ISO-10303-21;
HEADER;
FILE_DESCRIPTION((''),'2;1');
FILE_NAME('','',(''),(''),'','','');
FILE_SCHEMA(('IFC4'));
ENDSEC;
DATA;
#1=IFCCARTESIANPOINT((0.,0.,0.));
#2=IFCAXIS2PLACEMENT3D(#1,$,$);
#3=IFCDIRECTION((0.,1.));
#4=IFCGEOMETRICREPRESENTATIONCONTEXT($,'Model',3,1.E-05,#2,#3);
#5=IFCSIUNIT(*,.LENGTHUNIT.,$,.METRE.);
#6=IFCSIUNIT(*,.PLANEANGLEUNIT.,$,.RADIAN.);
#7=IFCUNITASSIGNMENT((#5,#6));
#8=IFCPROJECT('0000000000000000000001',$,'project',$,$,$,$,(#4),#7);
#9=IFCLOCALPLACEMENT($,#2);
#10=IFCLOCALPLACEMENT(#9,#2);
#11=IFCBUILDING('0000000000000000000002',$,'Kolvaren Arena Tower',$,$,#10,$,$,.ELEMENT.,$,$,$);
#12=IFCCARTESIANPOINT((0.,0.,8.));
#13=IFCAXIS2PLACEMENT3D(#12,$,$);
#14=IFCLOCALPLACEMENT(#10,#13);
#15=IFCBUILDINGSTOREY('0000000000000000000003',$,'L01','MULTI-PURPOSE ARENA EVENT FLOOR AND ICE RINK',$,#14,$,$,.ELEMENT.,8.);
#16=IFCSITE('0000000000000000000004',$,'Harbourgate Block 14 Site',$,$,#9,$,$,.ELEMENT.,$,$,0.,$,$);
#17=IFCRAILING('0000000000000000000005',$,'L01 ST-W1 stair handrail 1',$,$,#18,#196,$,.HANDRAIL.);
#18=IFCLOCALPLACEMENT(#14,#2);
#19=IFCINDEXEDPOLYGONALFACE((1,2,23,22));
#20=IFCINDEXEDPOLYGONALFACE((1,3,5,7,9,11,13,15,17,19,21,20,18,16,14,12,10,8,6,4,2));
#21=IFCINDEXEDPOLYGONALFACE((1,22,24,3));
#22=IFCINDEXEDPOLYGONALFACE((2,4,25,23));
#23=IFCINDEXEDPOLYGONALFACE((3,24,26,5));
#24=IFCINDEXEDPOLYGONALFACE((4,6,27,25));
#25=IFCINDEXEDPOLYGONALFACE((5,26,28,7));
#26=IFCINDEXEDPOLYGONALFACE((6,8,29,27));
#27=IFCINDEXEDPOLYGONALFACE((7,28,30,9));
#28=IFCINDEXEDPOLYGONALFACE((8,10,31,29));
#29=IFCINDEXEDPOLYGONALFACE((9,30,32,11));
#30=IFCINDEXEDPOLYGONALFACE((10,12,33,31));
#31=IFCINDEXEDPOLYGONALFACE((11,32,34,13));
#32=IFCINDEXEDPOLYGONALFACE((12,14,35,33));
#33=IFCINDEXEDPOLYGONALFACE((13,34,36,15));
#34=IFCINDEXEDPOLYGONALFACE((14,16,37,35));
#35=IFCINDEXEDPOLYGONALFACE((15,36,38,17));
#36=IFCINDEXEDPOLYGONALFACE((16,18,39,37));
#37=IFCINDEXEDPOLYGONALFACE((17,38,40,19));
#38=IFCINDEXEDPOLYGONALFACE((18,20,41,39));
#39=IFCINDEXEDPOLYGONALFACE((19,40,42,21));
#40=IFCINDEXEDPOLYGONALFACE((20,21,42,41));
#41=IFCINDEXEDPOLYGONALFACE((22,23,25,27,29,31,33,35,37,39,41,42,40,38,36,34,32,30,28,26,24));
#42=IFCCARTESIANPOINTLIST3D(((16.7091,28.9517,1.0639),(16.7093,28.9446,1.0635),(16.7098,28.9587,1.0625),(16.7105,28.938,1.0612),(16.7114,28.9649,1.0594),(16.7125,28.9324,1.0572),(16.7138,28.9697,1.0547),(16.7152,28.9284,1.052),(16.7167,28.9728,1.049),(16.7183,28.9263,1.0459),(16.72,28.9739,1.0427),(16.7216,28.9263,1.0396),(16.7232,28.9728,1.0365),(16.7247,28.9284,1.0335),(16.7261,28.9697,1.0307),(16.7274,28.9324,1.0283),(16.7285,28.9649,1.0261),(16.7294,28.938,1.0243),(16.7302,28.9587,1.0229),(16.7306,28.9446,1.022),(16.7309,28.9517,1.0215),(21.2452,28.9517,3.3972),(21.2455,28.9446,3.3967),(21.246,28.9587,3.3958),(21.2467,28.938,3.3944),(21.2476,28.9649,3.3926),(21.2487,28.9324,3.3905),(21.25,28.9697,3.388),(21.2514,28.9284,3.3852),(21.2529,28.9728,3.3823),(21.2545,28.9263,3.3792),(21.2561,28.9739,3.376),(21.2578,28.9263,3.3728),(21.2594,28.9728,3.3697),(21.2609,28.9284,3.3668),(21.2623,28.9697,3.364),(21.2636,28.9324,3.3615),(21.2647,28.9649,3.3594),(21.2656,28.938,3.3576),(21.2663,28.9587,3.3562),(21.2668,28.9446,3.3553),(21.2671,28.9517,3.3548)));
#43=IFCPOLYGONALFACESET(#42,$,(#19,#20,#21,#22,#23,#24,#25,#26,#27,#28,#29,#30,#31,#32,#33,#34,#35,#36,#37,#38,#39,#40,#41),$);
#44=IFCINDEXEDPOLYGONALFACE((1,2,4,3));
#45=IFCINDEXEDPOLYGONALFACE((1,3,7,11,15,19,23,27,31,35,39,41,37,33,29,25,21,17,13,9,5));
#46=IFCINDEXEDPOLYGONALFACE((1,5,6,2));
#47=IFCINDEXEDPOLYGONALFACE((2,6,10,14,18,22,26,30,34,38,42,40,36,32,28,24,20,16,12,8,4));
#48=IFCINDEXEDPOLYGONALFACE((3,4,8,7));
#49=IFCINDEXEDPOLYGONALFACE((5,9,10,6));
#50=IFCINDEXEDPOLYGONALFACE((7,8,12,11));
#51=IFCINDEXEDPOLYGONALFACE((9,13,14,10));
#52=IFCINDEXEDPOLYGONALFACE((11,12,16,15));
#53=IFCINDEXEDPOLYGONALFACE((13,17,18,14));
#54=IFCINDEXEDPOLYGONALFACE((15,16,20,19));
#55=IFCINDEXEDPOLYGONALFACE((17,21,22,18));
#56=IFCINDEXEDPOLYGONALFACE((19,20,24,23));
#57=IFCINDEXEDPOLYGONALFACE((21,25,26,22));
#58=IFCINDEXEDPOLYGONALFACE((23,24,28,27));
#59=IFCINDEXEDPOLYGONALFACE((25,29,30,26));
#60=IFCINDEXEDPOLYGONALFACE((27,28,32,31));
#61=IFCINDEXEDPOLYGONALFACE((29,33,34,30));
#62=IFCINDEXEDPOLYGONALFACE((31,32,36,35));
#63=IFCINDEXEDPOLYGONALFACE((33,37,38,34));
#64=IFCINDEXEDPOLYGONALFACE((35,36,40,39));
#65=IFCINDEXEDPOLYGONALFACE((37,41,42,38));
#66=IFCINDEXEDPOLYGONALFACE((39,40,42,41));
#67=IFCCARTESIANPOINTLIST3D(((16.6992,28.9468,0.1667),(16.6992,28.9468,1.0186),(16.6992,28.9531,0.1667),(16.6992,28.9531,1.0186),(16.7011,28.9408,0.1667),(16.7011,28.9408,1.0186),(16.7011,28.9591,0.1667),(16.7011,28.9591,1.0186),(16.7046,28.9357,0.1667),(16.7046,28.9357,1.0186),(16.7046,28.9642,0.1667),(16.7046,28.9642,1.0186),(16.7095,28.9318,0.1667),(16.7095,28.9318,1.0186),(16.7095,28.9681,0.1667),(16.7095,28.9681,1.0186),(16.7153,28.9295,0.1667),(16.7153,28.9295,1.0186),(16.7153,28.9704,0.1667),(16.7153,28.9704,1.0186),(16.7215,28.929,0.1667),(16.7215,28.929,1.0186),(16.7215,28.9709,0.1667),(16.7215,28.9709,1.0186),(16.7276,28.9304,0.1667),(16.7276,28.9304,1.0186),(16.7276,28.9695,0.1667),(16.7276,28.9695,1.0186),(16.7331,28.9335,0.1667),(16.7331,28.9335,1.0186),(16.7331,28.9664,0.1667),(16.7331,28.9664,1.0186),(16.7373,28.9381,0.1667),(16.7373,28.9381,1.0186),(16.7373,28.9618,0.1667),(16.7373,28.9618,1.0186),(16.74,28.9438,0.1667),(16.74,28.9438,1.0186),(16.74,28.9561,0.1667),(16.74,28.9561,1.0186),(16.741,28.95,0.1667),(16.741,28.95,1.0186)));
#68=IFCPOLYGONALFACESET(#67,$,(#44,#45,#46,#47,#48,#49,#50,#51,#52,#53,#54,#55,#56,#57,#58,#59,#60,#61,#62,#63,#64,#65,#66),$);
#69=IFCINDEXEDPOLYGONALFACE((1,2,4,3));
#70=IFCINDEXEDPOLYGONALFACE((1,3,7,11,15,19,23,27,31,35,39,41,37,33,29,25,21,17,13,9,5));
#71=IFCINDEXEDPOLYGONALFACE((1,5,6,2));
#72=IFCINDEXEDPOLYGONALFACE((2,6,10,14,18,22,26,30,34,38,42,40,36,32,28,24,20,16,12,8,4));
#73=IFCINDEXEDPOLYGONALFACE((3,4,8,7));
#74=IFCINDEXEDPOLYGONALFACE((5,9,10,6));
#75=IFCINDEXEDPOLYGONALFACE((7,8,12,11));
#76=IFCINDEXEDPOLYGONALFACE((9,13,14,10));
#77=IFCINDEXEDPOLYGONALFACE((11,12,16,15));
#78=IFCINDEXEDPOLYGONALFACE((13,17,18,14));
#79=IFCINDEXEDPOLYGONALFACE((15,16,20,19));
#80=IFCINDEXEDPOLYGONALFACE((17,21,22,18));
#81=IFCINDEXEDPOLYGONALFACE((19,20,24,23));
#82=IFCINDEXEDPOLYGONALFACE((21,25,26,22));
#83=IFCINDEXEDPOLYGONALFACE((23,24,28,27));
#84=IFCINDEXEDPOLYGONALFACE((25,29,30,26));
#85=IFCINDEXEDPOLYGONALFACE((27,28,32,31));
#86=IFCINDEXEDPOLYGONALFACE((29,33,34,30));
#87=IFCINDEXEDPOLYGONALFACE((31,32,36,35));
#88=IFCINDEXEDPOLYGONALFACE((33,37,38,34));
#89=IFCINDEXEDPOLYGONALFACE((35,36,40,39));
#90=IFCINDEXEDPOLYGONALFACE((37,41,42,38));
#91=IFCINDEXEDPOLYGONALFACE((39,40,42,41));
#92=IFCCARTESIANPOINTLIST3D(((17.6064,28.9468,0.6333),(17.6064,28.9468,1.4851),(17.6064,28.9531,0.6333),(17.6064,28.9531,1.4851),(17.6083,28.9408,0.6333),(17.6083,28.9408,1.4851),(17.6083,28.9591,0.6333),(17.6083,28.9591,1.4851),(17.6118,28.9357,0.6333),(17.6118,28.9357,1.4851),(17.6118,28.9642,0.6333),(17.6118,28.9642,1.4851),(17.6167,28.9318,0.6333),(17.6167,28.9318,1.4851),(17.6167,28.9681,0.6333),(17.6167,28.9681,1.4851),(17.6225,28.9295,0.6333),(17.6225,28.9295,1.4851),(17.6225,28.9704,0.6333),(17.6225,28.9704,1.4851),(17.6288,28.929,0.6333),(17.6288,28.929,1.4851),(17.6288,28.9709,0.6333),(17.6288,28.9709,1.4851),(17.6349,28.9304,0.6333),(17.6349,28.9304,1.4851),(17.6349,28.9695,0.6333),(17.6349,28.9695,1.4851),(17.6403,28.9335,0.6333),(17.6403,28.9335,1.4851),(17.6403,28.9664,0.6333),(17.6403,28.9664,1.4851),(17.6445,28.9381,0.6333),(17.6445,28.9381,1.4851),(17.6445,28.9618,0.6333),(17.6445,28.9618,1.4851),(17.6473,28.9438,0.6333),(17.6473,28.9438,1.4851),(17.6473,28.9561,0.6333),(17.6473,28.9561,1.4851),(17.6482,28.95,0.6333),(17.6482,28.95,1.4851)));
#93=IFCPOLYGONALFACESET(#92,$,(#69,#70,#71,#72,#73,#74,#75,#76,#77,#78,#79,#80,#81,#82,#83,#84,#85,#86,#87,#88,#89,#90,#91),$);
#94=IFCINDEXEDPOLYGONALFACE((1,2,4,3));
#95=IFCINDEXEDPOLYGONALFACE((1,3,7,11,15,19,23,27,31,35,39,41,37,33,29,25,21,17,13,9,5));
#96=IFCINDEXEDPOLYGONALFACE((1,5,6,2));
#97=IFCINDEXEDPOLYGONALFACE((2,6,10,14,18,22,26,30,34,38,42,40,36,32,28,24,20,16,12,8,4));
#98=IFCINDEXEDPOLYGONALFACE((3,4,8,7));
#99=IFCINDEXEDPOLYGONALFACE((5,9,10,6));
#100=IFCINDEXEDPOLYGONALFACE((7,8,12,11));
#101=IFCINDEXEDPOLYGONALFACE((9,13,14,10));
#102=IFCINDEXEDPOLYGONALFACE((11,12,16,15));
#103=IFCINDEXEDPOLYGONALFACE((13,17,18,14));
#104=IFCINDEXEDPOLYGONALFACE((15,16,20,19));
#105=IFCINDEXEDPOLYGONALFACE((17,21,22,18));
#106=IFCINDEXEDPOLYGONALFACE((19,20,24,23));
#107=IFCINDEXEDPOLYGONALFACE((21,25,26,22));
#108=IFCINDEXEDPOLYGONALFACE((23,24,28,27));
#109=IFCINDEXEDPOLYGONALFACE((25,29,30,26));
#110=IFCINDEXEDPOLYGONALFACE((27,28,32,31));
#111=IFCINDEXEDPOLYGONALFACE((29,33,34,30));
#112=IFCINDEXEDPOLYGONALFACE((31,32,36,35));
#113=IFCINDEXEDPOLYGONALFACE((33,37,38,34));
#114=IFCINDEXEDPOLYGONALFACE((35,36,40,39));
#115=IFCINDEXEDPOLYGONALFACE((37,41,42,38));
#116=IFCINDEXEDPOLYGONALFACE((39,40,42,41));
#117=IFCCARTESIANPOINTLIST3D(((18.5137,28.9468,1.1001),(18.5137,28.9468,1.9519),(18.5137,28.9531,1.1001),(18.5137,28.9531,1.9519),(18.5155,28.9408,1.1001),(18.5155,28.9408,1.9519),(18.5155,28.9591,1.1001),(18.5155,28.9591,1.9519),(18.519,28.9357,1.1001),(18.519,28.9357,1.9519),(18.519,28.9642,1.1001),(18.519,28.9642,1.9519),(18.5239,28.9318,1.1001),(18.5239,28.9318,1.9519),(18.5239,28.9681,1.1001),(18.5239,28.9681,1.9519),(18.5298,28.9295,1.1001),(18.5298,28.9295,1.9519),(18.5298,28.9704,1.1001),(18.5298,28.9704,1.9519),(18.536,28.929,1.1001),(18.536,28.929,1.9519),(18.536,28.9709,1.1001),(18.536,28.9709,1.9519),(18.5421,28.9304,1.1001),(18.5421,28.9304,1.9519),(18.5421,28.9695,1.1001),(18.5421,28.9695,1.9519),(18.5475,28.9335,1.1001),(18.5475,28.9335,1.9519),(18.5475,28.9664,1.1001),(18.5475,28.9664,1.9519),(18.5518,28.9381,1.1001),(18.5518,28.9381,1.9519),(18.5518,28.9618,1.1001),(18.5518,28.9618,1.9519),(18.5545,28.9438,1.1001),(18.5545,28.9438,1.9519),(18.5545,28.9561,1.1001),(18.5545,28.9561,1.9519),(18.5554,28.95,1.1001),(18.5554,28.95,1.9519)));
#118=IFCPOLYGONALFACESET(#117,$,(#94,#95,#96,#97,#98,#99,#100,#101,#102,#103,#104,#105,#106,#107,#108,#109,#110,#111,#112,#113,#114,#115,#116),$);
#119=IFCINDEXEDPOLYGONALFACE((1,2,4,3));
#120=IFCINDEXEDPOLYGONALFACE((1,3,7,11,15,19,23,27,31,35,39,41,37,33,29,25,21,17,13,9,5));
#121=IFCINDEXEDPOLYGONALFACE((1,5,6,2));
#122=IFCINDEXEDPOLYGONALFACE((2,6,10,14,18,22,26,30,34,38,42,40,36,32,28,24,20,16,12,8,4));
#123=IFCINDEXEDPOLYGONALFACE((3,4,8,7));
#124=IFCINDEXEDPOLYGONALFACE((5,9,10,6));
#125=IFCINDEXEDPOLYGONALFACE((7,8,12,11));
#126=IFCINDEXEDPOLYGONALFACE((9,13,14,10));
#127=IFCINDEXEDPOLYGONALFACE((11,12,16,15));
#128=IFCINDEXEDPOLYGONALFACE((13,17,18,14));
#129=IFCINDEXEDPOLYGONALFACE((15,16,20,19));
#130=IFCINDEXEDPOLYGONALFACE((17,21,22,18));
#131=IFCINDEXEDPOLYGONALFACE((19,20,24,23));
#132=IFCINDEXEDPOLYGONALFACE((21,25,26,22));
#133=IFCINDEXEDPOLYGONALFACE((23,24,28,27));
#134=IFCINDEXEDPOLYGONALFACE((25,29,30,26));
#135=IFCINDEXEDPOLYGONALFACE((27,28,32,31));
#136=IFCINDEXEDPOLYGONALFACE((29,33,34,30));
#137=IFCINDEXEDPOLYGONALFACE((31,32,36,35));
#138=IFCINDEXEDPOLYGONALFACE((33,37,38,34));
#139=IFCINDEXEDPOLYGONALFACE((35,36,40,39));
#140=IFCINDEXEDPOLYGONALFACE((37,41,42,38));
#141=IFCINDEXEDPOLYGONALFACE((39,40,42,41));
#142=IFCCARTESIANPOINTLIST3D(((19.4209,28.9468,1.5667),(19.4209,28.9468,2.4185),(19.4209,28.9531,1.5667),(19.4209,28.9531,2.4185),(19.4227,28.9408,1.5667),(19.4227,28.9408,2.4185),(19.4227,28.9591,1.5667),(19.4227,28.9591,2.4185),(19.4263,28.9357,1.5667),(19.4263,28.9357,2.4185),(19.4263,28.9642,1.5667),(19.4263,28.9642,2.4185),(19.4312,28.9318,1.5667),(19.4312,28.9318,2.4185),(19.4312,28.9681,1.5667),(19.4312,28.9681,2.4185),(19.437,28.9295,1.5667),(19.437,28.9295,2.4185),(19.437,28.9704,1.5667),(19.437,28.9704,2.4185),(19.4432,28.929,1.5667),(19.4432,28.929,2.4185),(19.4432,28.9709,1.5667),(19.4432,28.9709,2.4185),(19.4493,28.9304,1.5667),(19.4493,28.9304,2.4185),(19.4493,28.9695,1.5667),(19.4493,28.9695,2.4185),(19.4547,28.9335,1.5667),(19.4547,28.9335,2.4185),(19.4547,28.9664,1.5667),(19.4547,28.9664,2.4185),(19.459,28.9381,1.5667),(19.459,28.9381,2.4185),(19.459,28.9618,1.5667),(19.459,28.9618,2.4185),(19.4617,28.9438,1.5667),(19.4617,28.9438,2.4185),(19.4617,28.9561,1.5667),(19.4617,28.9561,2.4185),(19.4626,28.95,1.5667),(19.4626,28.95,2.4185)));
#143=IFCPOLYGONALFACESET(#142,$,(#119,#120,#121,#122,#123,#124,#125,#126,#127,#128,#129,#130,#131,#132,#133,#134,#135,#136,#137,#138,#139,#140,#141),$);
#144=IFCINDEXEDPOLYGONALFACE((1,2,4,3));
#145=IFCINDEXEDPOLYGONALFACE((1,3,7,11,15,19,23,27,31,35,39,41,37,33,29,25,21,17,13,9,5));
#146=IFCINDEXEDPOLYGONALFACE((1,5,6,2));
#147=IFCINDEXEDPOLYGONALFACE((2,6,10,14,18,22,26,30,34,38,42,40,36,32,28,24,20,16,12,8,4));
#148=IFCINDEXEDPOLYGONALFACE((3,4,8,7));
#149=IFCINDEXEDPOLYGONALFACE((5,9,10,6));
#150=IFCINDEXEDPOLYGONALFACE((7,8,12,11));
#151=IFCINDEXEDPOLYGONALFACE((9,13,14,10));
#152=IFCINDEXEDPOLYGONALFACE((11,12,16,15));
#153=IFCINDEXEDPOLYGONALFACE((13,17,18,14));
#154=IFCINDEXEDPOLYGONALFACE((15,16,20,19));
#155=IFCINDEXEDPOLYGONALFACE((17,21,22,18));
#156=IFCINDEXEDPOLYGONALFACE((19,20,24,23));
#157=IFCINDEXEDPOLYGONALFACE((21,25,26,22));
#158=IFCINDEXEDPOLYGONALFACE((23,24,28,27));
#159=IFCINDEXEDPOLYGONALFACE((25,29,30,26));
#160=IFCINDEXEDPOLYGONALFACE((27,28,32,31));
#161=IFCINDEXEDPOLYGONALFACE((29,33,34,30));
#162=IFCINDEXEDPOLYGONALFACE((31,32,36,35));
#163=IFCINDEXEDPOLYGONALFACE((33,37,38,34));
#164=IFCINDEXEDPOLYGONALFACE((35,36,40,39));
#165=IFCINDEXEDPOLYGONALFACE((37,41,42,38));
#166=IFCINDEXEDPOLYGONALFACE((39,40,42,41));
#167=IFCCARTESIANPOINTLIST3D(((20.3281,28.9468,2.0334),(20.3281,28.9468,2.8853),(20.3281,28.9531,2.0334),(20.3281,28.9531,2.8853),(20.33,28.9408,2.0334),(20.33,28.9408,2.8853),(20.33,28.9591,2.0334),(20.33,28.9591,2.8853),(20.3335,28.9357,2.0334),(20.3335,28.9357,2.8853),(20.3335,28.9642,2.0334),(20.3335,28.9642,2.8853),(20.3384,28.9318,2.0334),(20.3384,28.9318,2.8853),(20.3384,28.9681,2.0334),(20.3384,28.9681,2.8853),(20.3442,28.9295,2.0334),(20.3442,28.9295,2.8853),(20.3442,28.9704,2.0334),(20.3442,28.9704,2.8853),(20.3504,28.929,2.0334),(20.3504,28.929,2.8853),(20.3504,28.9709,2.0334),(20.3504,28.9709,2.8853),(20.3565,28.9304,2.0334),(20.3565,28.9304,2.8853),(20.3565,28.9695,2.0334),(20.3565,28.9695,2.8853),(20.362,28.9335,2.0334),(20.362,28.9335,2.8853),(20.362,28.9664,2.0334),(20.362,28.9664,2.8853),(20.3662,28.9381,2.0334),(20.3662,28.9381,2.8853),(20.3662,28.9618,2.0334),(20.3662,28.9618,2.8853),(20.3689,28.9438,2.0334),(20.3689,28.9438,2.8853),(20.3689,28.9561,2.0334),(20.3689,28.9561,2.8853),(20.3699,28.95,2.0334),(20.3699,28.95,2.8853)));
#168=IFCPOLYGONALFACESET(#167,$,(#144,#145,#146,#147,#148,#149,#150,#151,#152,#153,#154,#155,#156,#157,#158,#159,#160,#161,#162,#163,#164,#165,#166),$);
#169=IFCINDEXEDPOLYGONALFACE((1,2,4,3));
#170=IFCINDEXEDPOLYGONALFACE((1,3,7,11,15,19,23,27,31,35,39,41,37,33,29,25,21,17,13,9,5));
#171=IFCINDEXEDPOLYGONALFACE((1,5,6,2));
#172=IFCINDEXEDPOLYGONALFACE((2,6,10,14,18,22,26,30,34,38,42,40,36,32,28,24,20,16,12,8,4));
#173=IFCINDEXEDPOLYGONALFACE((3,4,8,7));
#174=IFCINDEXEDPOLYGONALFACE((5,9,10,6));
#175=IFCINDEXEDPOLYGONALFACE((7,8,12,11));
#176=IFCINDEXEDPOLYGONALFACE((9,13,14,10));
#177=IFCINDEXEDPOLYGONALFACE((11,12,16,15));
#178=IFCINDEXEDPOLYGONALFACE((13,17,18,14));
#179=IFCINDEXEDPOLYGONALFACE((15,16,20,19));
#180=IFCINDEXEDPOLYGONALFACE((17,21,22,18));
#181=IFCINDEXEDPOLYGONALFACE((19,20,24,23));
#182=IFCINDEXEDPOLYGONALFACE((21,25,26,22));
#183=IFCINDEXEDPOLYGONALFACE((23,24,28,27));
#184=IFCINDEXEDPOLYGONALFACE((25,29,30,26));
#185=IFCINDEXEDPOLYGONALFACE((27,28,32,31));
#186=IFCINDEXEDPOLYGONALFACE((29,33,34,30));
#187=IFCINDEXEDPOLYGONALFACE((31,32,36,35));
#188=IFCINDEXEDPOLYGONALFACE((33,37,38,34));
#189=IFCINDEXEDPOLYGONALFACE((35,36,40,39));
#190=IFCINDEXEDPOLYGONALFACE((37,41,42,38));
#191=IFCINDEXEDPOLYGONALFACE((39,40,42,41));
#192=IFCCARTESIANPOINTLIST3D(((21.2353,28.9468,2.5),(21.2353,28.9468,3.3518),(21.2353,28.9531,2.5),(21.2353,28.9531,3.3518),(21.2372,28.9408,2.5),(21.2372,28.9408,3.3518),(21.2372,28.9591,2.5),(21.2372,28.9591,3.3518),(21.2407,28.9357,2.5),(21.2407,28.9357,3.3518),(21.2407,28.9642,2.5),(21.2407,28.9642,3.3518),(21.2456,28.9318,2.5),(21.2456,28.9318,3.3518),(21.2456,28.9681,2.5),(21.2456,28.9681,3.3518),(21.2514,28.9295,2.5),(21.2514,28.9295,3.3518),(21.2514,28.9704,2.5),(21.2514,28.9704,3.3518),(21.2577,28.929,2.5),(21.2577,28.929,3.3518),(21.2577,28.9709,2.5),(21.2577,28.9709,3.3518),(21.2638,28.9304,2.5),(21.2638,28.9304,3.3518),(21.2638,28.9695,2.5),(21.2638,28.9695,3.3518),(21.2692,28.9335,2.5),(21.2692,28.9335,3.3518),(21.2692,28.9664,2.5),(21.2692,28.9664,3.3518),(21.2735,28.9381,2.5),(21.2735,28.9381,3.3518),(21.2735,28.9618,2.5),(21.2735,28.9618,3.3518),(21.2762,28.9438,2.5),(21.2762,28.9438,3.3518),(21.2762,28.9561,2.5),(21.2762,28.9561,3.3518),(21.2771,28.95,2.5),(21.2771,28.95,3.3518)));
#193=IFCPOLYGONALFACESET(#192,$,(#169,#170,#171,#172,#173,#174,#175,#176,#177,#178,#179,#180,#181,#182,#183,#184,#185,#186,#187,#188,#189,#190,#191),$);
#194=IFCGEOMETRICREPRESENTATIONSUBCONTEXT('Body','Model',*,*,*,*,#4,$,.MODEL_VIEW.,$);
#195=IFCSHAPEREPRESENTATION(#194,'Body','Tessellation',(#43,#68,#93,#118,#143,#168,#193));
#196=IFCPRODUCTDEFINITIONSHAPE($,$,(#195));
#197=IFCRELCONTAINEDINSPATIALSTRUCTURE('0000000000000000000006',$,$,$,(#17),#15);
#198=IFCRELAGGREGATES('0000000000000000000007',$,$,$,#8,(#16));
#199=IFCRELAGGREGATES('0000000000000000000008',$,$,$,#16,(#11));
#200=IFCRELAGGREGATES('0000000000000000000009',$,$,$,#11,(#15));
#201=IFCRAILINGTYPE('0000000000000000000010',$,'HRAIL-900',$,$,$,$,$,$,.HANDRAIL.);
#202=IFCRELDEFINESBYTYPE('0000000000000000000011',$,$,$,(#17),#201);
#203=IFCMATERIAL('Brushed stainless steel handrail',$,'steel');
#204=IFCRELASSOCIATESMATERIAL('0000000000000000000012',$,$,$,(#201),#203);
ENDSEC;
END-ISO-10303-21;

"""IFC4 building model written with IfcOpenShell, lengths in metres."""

from ifc_helpers import new_model, si_unit, direction, frame, origin, origin_2d, place, context, subcontext, project, spatial, circle, extrude, material, type_object, element, save


model = new_model("IFC4")

# Units and contexts
model_context = context("Model", 3, precision=1e-05, world=origin(), true_north=direction((0.0, 1.0)))
body_context = subcontext(model_context, "Body", "Model", "MODEL_VIEW")
ifc_project = project(units=[si_unit("LENGTHUNIT", "METRE"), si_unit("PLANEANGLEUNIT", "RADIAN")], contexts=[model_context])

# Site, building, storey
site_placement = place(None, origin())
site = spatial("IfcSite", under=ifc_project, at=site_placement, Name="Harbourgate Block 14 Site", CompositionType="ELEMENT", RefElevation=0.0)
building_placement = place(site_placement, origin())
building = spatial("IfcBuilding", under=site, at=building_placement, Name="Kolvaren Arena Tower", CompositionType="ELEMENT")
storey_placement = place(building_placement, frame((0.0, 0.0, 8.0)))
storey = spatial("IfcBuildingStorey", under=building, at=storey_placement, Name="L01", Description="MULTI-PURPOSE ARENA EVENT FLOOR AND ICE RINK", CompositionType="ELEMENT", Elevation=8.0)

# Railing
ifc_material_1 = material(Name="Brushed stainless steel handrail", Category="steel")
railing_type_1 = type_object("IfcRailingType", Name="HRAIL-900", PredefinedType="HANDRAIL", material=ifc_material_1)
railing_1_placement = place(storey_placement, frame((16.72, 28.95, 0.1667)))
element("IfcRailing", 1, at=railing_1_placement, inside=storey, type_object=railing_type_1, Name="L01 ST-W1 stair handrail 1", PredefinedType="HANDRAIL", context=body_context, shape_type="SweptSolid", body=[
    extrude(circle(Radius=0.0239, at=origin_2d()), frame((0.0, 0.0, 0.876), z_axis=(0.889257, 0.0, 0.457407), x_axis=(0.0, 1.0, 0.0)), (0.0, 0.0, 1.0), 5.1011),
    extrude(circle(Radius=0.021, at=origin_2d()), origin(), (0.0, 0.0, 1.0), 0.8518),
    extrude(circle(Radius=0.021, at=origin_2d()), frame((0.9072, 0.0, 0.4666)), (0.0, 0.0, 1.0), 0.8518),
    extrude(circle(Radius=0.021, at=origin_2d()), frame((1.8145, 0.0, 0.9333)), (0.0, 0.0, 1.0), 0.8518),
    extrude(circle(Radius=0.021, at=origin_2d()), frame((2.7217, 0.0, 1.3999)), (0.0, 0.0, 1.0), 0.8518),
    extrude(circle(Radius=0.021, at=origin_2d()), frame((3.6289, 0.0, 1.8667)), (0.0, 0.0, 1.0), 0.8518),
    extrude(circle(Radius=0.021, at=origin_2d()), frame((4.5361, 0.0, 2.3333)), (0.0, 0.0, 1.0), 0.8518),
])

save(model, "model.ifc")
